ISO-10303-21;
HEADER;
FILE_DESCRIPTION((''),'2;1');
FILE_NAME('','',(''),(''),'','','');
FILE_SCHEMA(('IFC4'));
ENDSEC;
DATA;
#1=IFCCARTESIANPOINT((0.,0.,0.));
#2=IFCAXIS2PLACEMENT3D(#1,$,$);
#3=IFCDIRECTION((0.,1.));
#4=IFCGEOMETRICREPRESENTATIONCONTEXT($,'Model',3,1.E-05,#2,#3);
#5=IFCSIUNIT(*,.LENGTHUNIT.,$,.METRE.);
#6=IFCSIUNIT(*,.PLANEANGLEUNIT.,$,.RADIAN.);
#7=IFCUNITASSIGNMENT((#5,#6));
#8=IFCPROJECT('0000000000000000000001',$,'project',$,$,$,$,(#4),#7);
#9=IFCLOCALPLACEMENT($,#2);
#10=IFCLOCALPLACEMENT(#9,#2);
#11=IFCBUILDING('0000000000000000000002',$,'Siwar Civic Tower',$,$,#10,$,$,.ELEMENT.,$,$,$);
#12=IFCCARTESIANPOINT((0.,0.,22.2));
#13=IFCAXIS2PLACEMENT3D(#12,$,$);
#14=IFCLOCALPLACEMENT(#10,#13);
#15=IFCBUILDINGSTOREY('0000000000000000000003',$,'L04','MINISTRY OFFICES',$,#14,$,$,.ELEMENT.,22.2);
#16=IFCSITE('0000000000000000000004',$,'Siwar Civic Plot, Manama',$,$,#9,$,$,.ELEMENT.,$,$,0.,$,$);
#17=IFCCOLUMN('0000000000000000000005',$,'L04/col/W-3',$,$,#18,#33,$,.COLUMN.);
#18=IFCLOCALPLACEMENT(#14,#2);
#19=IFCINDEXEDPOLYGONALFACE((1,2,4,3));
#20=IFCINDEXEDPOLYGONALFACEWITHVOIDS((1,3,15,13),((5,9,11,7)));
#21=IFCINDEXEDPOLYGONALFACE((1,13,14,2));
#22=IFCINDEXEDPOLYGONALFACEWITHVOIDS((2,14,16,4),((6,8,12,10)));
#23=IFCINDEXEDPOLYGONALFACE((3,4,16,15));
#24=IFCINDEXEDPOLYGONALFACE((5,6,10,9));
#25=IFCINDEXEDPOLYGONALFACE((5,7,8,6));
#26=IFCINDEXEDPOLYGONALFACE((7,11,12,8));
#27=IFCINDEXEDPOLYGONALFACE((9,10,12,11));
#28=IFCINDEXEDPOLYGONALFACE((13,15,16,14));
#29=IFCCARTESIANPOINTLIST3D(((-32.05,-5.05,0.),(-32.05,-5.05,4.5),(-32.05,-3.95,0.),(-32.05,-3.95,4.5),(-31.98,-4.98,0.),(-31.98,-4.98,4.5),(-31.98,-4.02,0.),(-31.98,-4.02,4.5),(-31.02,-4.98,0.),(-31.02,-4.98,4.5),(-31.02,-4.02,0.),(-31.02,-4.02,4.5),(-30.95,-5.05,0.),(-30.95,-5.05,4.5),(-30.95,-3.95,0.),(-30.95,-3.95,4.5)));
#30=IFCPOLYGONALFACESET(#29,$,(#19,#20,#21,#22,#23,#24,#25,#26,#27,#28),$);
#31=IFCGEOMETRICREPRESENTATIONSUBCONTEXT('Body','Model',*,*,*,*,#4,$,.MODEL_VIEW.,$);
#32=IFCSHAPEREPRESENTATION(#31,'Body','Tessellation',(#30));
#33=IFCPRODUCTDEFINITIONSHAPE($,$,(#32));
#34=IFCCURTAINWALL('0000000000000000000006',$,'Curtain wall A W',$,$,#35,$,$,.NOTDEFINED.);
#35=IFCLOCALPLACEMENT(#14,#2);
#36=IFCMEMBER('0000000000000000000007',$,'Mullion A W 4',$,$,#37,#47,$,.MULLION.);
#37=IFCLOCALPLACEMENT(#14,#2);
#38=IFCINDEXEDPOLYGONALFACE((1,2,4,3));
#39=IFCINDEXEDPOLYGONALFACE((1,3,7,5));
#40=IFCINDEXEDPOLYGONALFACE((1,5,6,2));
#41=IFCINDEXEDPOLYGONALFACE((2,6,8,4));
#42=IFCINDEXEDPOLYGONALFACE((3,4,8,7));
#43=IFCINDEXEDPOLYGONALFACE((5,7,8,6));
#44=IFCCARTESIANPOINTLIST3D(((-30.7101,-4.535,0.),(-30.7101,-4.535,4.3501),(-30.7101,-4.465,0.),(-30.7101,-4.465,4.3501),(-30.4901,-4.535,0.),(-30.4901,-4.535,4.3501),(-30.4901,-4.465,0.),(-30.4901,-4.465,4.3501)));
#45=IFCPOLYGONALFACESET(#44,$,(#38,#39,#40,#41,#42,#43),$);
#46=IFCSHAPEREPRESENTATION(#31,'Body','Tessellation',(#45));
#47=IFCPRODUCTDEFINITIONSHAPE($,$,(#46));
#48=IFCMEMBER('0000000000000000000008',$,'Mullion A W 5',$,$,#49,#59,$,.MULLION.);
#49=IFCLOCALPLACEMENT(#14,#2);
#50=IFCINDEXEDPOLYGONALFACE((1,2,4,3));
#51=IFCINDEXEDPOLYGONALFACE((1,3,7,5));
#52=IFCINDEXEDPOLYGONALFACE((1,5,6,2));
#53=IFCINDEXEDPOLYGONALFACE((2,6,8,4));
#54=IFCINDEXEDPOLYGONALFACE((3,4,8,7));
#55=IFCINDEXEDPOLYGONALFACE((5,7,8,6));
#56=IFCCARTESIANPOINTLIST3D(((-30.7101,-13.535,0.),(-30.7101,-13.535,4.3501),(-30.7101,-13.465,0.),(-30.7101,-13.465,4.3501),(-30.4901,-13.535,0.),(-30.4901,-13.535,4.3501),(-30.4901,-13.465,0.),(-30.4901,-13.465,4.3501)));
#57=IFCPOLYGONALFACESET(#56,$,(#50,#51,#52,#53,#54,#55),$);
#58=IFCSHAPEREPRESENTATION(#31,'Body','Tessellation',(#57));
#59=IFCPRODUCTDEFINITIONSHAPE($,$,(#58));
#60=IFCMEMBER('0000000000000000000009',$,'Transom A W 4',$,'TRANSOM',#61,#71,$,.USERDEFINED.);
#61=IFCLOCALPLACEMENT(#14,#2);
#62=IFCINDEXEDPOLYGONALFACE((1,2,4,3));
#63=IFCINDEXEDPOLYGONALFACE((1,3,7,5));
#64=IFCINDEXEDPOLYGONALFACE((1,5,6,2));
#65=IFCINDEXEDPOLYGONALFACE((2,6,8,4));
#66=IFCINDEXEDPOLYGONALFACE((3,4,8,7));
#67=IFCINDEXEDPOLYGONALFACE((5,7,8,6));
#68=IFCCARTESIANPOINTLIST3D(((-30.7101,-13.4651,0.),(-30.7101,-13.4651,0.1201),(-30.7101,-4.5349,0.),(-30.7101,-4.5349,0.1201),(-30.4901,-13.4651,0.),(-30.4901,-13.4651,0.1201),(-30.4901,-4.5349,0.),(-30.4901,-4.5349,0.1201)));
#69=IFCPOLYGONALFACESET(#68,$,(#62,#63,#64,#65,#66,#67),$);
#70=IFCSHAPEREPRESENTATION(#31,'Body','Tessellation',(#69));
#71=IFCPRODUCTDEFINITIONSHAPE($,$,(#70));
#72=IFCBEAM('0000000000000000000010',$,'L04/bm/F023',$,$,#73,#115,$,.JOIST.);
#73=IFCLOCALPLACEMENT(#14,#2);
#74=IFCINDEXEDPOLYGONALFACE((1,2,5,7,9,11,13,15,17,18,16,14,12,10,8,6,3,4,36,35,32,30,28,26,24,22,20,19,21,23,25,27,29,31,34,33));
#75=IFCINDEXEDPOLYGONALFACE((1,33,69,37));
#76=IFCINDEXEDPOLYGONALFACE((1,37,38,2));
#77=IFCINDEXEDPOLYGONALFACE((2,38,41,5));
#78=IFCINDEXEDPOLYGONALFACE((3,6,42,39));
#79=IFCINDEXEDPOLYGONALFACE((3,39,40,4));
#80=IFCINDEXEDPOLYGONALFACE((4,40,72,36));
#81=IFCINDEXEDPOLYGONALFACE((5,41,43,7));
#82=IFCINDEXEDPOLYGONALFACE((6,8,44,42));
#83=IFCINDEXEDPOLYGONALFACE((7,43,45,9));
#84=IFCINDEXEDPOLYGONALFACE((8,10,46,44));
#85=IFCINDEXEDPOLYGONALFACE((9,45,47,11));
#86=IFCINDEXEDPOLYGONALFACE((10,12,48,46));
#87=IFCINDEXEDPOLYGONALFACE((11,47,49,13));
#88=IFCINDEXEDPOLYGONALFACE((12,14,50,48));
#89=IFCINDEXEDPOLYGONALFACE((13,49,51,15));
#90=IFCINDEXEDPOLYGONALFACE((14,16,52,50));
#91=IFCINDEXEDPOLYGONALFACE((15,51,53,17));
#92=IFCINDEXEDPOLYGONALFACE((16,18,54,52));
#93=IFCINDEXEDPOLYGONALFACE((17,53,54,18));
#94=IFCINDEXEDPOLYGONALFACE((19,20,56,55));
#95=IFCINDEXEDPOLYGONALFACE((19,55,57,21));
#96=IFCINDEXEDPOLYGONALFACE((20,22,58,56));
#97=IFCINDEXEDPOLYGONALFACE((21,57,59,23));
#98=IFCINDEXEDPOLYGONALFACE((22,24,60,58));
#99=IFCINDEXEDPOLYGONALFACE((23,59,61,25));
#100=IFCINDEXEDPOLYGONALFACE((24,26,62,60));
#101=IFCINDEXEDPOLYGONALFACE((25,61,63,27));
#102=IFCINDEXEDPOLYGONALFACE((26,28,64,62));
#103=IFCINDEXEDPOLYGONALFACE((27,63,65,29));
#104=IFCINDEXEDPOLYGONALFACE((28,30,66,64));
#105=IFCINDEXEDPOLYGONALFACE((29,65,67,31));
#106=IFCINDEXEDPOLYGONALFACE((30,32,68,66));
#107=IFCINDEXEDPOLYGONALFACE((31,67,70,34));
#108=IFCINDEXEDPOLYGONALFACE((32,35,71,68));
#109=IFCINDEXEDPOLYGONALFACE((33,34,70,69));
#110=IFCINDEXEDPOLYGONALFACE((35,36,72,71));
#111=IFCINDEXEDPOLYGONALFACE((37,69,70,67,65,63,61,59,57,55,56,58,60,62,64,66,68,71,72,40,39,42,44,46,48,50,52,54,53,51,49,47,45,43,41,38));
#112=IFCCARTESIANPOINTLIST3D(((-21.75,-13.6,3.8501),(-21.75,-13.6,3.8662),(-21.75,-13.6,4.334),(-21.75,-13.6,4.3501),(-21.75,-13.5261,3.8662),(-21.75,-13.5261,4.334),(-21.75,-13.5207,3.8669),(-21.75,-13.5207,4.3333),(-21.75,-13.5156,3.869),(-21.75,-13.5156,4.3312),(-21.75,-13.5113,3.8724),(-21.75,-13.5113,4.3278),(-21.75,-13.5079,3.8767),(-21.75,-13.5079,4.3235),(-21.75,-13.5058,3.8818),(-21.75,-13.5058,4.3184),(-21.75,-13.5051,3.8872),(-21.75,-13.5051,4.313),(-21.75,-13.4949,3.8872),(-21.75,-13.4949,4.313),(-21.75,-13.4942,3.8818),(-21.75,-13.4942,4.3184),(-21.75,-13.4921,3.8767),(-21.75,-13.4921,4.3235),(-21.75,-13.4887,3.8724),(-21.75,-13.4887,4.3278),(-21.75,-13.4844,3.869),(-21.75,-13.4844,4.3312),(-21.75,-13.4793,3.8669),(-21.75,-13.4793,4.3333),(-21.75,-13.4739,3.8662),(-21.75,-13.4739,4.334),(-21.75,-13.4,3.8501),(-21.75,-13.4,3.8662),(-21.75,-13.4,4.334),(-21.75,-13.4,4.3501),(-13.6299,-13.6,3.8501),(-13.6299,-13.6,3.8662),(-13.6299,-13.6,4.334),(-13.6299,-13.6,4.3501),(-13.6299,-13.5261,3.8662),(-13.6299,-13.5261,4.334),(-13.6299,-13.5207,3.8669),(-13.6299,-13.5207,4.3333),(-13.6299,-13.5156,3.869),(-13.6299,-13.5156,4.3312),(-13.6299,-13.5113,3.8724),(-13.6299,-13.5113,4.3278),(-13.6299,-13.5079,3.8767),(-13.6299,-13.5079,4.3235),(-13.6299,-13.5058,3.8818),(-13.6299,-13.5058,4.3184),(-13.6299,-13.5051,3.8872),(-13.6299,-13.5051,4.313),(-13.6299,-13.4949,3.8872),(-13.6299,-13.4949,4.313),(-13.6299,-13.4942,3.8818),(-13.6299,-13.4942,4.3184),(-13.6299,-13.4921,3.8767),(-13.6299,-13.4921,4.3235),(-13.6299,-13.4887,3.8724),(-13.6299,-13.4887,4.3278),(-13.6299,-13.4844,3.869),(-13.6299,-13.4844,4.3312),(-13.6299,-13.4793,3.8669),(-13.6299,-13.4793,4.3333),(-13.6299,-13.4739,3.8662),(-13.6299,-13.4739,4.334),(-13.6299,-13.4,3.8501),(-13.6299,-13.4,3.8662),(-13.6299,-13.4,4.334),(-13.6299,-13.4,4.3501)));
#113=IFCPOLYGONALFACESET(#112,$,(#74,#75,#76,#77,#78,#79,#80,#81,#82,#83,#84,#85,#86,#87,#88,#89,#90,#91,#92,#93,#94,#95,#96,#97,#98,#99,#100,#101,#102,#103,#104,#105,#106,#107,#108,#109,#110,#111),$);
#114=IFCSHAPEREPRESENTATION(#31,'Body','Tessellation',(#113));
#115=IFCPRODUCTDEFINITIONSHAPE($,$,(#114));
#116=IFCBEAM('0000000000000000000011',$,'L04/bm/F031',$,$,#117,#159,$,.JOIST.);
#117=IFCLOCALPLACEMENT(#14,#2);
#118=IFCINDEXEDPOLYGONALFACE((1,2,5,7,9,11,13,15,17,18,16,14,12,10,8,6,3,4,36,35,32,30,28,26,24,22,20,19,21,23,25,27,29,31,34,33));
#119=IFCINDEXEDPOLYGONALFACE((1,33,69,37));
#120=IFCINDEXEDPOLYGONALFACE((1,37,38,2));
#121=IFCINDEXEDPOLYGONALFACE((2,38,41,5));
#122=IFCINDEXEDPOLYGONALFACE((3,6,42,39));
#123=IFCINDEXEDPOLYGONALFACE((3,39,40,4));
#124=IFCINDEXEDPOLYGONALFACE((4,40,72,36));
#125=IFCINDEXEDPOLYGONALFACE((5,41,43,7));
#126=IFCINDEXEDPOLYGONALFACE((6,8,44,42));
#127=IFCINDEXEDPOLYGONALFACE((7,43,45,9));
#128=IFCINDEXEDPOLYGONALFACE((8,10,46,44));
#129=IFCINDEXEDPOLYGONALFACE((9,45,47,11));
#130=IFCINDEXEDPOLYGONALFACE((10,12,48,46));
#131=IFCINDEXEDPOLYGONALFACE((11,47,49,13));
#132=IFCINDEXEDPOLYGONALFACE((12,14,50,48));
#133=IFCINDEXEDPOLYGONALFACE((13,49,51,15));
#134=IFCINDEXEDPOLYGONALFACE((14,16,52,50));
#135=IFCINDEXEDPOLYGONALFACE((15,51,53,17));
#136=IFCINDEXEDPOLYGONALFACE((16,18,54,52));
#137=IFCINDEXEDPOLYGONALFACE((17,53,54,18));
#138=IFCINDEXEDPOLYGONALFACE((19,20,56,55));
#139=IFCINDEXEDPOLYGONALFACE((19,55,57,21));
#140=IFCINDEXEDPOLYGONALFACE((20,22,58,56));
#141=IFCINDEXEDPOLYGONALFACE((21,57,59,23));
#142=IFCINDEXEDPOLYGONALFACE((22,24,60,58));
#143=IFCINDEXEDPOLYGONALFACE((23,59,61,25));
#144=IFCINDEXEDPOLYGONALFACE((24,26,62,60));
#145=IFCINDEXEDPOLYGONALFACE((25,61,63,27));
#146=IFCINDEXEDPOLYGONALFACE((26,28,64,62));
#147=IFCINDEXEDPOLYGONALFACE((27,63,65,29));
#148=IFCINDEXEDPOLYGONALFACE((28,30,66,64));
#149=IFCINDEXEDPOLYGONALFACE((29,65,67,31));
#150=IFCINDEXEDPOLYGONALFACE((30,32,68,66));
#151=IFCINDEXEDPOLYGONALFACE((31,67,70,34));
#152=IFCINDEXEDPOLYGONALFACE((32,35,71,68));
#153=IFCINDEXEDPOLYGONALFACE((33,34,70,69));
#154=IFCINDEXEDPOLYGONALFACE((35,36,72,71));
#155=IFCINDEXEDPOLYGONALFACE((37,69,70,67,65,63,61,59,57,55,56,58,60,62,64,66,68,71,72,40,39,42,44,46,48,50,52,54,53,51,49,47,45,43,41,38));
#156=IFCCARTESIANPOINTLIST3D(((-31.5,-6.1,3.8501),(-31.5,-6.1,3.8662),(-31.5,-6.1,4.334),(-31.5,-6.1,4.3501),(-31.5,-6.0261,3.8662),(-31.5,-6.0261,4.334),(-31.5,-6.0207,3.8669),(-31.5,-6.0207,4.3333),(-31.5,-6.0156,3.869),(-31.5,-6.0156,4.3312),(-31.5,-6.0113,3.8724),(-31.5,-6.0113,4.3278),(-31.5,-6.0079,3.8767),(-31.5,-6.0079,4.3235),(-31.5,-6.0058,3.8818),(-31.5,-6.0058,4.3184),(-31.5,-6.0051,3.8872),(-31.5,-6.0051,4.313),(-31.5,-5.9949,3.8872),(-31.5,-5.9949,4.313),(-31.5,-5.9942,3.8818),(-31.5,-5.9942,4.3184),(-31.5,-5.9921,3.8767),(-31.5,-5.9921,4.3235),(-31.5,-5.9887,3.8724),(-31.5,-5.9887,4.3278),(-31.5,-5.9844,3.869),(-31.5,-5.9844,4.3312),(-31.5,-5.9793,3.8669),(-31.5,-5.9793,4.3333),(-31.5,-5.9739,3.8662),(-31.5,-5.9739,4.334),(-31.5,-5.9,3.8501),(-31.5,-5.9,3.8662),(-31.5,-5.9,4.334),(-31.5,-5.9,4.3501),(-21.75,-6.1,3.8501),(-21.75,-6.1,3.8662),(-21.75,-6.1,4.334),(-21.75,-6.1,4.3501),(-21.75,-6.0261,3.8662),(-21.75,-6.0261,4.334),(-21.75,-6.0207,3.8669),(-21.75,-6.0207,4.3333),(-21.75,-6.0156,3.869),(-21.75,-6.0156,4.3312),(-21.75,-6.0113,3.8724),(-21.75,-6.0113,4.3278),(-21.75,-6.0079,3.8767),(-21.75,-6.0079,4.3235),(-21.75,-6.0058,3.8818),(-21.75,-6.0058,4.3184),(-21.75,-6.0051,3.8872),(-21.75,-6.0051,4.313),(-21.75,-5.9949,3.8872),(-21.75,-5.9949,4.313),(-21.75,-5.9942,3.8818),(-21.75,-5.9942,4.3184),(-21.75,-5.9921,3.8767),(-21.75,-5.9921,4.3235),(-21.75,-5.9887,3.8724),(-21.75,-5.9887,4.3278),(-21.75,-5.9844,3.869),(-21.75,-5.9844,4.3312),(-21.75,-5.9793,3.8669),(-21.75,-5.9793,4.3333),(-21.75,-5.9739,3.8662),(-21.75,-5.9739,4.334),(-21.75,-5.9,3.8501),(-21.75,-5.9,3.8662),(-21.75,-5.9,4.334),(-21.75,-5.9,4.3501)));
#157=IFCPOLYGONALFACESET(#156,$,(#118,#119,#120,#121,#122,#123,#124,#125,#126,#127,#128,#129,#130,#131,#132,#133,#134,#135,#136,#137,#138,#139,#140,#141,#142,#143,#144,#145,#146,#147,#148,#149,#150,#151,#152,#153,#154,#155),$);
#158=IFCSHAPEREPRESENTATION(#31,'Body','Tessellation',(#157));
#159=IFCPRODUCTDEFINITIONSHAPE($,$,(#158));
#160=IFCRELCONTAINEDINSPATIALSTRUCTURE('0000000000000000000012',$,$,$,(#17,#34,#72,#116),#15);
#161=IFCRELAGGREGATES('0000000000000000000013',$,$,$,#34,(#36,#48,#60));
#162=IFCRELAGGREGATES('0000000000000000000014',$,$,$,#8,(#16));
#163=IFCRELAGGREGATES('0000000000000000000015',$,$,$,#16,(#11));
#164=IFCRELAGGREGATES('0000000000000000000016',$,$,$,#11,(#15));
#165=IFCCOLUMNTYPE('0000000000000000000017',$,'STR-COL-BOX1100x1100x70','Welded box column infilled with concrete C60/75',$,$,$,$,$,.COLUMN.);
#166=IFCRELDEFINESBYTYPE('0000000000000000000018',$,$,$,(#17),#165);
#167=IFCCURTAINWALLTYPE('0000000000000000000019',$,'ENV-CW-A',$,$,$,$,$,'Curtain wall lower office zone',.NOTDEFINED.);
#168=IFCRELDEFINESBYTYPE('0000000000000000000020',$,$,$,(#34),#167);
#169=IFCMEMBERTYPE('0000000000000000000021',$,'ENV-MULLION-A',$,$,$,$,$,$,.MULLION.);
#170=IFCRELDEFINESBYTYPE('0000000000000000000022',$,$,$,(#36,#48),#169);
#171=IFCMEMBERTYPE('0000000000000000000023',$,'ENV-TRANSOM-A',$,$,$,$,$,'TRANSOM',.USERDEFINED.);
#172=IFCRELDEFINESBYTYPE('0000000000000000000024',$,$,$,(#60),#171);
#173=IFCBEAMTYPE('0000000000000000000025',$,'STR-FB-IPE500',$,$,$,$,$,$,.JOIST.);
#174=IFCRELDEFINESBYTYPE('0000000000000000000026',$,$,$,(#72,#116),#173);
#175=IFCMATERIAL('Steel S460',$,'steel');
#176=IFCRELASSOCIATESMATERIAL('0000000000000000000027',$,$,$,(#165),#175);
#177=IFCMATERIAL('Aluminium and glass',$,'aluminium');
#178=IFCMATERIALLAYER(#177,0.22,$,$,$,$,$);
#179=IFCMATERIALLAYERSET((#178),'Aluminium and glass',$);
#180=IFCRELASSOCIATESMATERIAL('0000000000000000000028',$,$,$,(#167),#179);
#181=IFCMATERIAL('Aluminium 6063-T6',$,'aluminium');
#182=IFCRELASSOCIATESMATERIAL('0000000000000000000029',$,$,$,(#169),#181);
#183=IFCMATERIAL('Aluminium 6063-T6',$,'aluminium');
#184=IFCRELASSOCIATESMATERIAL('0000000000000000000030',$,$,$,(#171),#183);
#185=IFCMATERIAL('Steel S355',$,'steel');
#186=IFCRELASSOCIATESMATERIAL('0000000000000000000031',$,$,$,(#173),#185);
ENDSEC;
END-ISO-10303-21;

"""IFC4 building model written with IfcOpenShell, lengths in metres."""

from ifc_helpers import new_model, si_unit, direction, frame, origin, origin_2d, place, context, subcontext, project, spatial, rectangle, hollow_rectangle, i_section, extrude, material, layer, layer_set, material_profile, profile_set, type_object, element, aggregate, save


model = new_model("IFC4")

# Units and contexts
model_context = context("Model", 3, precision=1e-05, world=origin(), true_north=direction((0.0, 1.0)))
body_context = subcontext(model_context, "Body", "Model", "MODEL_VIEW")
ifc_project = project(units=[si_unit("LENGTHUNIT", "METRE"), si_unit("PLANEANGLEUNIT", "RADIAN")], contexts=[model_context])

# Site, building, storey
site_placement = place(None, origin())
site = spatial("IfcSite", under=ifc_project, at=site_placement, Name="Siwar Civic Plot, Manama", CompositionType="ELEMENT", RefElevation=0.0)
building_placement = place(site_placement, origin())
building = spatial("IfcBuilding", under=site, at=building_placement, Name="Siwar Civic Tower", CompositionType="ELEMENT")
storey_placement = place(building_placement, frame((0.0, 0.0, 22.2)))
storey = spatial("IfcBuildingStorey", under=building, at=storey_placement, Name="L04", Description="MINISTRY OFFICES", CompositionType="ELEMENT", Elevation=22.2)

# Column
ifc_material_1 = material(Name="Steel S460", Category="steel")
ifc_material_profile_1 = material_profile(ifc_material_1, hollow_rectangle(XDim=1.1001, YDim=1.1001, WallThickness=0.0701, at=origin_2d()), Name="BOX1100x1100x70")
ifc_profile_set_1 = profile_set([ifc_material_profile_1], Name="Steel S460")
column_type = type_object("IfcColumnType", Name="STR-COL-BOX1100x1100x70", Description="Welded box column infilled with concrete C60/75", PredefinedType="COLUMN", material=ifc_profile_set_1)
column_placement = place(storey_placement, frame((-31.5, -4.5, 0.0), z_axis=(0.0, 0.0, 1.0), x_axis=(1.0, 0.0, 0.0)))
element("IfcColumn", 1, at=column_placement, inside=storey, type_object=column_type, Name="L04/col/W-3", PredefinedType="COLUMN", context=body_context, shape_type="SweptSolid", body=[
    extrude(hollow_rectangle(XDim=1.1001, YDim=1.1001, WallThickness=0.0701, at=origin_2d()), origin(), (0.0, 0.0, 1.0), 4.5),
])

# Curtain wall, members
ifc_material_2 = material(Name="Aluminium and glass", Category="aluminium")
ifc_layer_1 = layer(ifc_material_2, 0.22)
ifc_layer_set_1 = layer_set([ifc_layer_1], Name="Aluminium and glass")
curtain_wall_type = type_object("IfcCurtainWallType", Name="ENV-CW-A", ElementType="Curtain wall lower office zone", PredefinedType="NOTDEFINED", material=ifc_layer_set_1)
curtain_wall_placement = place(storey_placement, origin())
curtain_wall = element("IfcCurtainWall", 2, at=curtain_wall_placement, inside=storey, type_object=curtain_wall_type, Name="Curtain wall A W", PredefinedType="NOTDEFINED")
ifc_material_3 = material(Name="Aluminium 6063-T6", Category="aluminium")
ifc_material_profile_2 = material_profile(ifc_material_3, rectangle(XDim=0.22, YDim=0.0701, at=origin_2d()), Name="AL 220x70")
ifc_profile_set_2 = profile_set([ifc_material_profile_2], Name="Aluminium 6063-T6")
member_type_1 = type_object("IfcMemberType", Name="ENV-MULLION-A", PredefinedType="MULLION", material=ifc_profile_set_2)
member_1_placement = place(storey_placement, frame((-30.6001, -4.5, 0.0), z_axis=(0.0, 0.0, 1.0), x_axis=(1.0, 0.0, 0.0)))
member_1 = element("IfcMember", 3, at=member_1_placement, type_object=member_type_1, Name="Mullion A W 4", PredefinedType="MULLION", context=body_context, shape_type="SweptSolid", body=[
    extrude(rectangle(XDim=0.22, YDim=0.0701, at=origin_2d()), origin(), (0.0, 0.0, 1.0), 4.3501),
])
member_2_placement = place(storey_placement, frame((-30.6001, -13.5, 0.0), z_axis=(0.0, 0.0, 1.0), x_axis=(1.0, 0.0, 0.0)))
member_2 = element("IfcMember", 4, at=member_2_placement, type_object=member_type_1, Name="Mullion A W 5", PredefinedType="MULLION", context=body_context, shape_type="SweptSolid", body=[
    extrude(rectangle(XDim=0.22, YDim=0.0701, at=origin_2d()), origin(), (0.0, 0.0, 1.0), 4.3501),
])
ifc_material_4 = material(Name="Aluminium 6063-T6", Category="aluminium")
ifc_material_profile_3 = material_profile(ifc_material_4, rectangle(XDim=0.22, YDim=0.1201, at=origin_2d()), Name="AL 220x120")
ifc_profile_set_3 = profile_set([ifc_material_profile_3], Name="Aluminium 6063-T6")
member_type_2 = type_object("IfcMemberType", Name="ENV-TRANSOM-A", ElementType="TRANSOM", PredefinedType="USERDEFINED", material=ifc_profile_set_3)
member_3_placement = place(storey_placement, frame((-30.6001, -4.5349, 0.0601), z_axis=(0.0, -1.0, 0.0), x_axis=(1.0, 0.0, 0.0)))
member_3 = element("IfcMember", 5, at=member_3_placement, type_object=member_type_2, Name="Transom A W 4", ObjectType="TRANSOM", PredefinedType="USERDEFINED", context=body_context, shape_type="SweptSolid", body=[
    extrude(rectangle(XDim=0.22, YDim=0.1201, at=origin_2d()), origin(), (0.0, 0.0, 1.0), 8.9302),
])

# Beams
ifc_material_5 = material(Name="Steel S355", Category="steel")
ifc_material_profile_4 = material_profile(ifc_material_5, i_section(OverallWidth=0.2, OverallDepth=0.5, WebThickness=0.0103, FlangeThickness=0.0161, FilletRadius=0.021, at=origin_2d()), Name="IPE500")
ifc_profile_set_4 = profile_set([ifc_material_profile_4], Name="Steel S355")
beam_type_1 = type_object("IfcBeamType", Name="STR-FB-IPE500", PredefinedType="JOIST", material=ifc_profile_set_4)
beam_1_placement = place(storey_placement, frame((-21.75, -13.5, 4.1001), z_axis=(1.0, 0.0, 0.0), x_axis=(0.0, 1.0, 0.0)))
element("IfcBeam", 6, at=beam_1_placement, inside=storey, type_object=beam_type_1, Name="L04/bm/F023", PredefinedType="JOIST", context=body_context, shape_type="SweptSolid", body=[
    extrude(i_section(OverallWidth=0.2, OverallDepth=0.5, WebThickness=0.0103, FlangeThickness=0.0161, FilletRadius=0.021, at=origin_2d()), origin(), (0.0, 0.0, 1.0), 8.1201),
])
for number, where, z_axis, x_axis, name in (
    (7, (-31.5, -6.0, 4.1001), (1.0, 0.0, 0.0), (0.0, 1.0, 0.0), "L04/bm/F031"),
):
    element("IfcBeam", number, at=place(storey_placement, frame(where, z_axis=z_axis, x_axis=x_axis)), inside=storey, type_object=beam_type_1, Name=name, PredefinedType="JOIST", context=body_context, shape_type="SweptSolid", body=[
        extrude(i_section(OverallWidth=0.2, OverallDepth=0.5, WebThickness=0.0103, FlangeThickness=0.0161, FilletRadius=0.021, at=origin_2d()), origin(), (0.0, 0.0, 1.0), 9.75),
    ])

aggregate(curtain_wall, [member_1, member_2, member_3])

save(model, "model.ifc")
